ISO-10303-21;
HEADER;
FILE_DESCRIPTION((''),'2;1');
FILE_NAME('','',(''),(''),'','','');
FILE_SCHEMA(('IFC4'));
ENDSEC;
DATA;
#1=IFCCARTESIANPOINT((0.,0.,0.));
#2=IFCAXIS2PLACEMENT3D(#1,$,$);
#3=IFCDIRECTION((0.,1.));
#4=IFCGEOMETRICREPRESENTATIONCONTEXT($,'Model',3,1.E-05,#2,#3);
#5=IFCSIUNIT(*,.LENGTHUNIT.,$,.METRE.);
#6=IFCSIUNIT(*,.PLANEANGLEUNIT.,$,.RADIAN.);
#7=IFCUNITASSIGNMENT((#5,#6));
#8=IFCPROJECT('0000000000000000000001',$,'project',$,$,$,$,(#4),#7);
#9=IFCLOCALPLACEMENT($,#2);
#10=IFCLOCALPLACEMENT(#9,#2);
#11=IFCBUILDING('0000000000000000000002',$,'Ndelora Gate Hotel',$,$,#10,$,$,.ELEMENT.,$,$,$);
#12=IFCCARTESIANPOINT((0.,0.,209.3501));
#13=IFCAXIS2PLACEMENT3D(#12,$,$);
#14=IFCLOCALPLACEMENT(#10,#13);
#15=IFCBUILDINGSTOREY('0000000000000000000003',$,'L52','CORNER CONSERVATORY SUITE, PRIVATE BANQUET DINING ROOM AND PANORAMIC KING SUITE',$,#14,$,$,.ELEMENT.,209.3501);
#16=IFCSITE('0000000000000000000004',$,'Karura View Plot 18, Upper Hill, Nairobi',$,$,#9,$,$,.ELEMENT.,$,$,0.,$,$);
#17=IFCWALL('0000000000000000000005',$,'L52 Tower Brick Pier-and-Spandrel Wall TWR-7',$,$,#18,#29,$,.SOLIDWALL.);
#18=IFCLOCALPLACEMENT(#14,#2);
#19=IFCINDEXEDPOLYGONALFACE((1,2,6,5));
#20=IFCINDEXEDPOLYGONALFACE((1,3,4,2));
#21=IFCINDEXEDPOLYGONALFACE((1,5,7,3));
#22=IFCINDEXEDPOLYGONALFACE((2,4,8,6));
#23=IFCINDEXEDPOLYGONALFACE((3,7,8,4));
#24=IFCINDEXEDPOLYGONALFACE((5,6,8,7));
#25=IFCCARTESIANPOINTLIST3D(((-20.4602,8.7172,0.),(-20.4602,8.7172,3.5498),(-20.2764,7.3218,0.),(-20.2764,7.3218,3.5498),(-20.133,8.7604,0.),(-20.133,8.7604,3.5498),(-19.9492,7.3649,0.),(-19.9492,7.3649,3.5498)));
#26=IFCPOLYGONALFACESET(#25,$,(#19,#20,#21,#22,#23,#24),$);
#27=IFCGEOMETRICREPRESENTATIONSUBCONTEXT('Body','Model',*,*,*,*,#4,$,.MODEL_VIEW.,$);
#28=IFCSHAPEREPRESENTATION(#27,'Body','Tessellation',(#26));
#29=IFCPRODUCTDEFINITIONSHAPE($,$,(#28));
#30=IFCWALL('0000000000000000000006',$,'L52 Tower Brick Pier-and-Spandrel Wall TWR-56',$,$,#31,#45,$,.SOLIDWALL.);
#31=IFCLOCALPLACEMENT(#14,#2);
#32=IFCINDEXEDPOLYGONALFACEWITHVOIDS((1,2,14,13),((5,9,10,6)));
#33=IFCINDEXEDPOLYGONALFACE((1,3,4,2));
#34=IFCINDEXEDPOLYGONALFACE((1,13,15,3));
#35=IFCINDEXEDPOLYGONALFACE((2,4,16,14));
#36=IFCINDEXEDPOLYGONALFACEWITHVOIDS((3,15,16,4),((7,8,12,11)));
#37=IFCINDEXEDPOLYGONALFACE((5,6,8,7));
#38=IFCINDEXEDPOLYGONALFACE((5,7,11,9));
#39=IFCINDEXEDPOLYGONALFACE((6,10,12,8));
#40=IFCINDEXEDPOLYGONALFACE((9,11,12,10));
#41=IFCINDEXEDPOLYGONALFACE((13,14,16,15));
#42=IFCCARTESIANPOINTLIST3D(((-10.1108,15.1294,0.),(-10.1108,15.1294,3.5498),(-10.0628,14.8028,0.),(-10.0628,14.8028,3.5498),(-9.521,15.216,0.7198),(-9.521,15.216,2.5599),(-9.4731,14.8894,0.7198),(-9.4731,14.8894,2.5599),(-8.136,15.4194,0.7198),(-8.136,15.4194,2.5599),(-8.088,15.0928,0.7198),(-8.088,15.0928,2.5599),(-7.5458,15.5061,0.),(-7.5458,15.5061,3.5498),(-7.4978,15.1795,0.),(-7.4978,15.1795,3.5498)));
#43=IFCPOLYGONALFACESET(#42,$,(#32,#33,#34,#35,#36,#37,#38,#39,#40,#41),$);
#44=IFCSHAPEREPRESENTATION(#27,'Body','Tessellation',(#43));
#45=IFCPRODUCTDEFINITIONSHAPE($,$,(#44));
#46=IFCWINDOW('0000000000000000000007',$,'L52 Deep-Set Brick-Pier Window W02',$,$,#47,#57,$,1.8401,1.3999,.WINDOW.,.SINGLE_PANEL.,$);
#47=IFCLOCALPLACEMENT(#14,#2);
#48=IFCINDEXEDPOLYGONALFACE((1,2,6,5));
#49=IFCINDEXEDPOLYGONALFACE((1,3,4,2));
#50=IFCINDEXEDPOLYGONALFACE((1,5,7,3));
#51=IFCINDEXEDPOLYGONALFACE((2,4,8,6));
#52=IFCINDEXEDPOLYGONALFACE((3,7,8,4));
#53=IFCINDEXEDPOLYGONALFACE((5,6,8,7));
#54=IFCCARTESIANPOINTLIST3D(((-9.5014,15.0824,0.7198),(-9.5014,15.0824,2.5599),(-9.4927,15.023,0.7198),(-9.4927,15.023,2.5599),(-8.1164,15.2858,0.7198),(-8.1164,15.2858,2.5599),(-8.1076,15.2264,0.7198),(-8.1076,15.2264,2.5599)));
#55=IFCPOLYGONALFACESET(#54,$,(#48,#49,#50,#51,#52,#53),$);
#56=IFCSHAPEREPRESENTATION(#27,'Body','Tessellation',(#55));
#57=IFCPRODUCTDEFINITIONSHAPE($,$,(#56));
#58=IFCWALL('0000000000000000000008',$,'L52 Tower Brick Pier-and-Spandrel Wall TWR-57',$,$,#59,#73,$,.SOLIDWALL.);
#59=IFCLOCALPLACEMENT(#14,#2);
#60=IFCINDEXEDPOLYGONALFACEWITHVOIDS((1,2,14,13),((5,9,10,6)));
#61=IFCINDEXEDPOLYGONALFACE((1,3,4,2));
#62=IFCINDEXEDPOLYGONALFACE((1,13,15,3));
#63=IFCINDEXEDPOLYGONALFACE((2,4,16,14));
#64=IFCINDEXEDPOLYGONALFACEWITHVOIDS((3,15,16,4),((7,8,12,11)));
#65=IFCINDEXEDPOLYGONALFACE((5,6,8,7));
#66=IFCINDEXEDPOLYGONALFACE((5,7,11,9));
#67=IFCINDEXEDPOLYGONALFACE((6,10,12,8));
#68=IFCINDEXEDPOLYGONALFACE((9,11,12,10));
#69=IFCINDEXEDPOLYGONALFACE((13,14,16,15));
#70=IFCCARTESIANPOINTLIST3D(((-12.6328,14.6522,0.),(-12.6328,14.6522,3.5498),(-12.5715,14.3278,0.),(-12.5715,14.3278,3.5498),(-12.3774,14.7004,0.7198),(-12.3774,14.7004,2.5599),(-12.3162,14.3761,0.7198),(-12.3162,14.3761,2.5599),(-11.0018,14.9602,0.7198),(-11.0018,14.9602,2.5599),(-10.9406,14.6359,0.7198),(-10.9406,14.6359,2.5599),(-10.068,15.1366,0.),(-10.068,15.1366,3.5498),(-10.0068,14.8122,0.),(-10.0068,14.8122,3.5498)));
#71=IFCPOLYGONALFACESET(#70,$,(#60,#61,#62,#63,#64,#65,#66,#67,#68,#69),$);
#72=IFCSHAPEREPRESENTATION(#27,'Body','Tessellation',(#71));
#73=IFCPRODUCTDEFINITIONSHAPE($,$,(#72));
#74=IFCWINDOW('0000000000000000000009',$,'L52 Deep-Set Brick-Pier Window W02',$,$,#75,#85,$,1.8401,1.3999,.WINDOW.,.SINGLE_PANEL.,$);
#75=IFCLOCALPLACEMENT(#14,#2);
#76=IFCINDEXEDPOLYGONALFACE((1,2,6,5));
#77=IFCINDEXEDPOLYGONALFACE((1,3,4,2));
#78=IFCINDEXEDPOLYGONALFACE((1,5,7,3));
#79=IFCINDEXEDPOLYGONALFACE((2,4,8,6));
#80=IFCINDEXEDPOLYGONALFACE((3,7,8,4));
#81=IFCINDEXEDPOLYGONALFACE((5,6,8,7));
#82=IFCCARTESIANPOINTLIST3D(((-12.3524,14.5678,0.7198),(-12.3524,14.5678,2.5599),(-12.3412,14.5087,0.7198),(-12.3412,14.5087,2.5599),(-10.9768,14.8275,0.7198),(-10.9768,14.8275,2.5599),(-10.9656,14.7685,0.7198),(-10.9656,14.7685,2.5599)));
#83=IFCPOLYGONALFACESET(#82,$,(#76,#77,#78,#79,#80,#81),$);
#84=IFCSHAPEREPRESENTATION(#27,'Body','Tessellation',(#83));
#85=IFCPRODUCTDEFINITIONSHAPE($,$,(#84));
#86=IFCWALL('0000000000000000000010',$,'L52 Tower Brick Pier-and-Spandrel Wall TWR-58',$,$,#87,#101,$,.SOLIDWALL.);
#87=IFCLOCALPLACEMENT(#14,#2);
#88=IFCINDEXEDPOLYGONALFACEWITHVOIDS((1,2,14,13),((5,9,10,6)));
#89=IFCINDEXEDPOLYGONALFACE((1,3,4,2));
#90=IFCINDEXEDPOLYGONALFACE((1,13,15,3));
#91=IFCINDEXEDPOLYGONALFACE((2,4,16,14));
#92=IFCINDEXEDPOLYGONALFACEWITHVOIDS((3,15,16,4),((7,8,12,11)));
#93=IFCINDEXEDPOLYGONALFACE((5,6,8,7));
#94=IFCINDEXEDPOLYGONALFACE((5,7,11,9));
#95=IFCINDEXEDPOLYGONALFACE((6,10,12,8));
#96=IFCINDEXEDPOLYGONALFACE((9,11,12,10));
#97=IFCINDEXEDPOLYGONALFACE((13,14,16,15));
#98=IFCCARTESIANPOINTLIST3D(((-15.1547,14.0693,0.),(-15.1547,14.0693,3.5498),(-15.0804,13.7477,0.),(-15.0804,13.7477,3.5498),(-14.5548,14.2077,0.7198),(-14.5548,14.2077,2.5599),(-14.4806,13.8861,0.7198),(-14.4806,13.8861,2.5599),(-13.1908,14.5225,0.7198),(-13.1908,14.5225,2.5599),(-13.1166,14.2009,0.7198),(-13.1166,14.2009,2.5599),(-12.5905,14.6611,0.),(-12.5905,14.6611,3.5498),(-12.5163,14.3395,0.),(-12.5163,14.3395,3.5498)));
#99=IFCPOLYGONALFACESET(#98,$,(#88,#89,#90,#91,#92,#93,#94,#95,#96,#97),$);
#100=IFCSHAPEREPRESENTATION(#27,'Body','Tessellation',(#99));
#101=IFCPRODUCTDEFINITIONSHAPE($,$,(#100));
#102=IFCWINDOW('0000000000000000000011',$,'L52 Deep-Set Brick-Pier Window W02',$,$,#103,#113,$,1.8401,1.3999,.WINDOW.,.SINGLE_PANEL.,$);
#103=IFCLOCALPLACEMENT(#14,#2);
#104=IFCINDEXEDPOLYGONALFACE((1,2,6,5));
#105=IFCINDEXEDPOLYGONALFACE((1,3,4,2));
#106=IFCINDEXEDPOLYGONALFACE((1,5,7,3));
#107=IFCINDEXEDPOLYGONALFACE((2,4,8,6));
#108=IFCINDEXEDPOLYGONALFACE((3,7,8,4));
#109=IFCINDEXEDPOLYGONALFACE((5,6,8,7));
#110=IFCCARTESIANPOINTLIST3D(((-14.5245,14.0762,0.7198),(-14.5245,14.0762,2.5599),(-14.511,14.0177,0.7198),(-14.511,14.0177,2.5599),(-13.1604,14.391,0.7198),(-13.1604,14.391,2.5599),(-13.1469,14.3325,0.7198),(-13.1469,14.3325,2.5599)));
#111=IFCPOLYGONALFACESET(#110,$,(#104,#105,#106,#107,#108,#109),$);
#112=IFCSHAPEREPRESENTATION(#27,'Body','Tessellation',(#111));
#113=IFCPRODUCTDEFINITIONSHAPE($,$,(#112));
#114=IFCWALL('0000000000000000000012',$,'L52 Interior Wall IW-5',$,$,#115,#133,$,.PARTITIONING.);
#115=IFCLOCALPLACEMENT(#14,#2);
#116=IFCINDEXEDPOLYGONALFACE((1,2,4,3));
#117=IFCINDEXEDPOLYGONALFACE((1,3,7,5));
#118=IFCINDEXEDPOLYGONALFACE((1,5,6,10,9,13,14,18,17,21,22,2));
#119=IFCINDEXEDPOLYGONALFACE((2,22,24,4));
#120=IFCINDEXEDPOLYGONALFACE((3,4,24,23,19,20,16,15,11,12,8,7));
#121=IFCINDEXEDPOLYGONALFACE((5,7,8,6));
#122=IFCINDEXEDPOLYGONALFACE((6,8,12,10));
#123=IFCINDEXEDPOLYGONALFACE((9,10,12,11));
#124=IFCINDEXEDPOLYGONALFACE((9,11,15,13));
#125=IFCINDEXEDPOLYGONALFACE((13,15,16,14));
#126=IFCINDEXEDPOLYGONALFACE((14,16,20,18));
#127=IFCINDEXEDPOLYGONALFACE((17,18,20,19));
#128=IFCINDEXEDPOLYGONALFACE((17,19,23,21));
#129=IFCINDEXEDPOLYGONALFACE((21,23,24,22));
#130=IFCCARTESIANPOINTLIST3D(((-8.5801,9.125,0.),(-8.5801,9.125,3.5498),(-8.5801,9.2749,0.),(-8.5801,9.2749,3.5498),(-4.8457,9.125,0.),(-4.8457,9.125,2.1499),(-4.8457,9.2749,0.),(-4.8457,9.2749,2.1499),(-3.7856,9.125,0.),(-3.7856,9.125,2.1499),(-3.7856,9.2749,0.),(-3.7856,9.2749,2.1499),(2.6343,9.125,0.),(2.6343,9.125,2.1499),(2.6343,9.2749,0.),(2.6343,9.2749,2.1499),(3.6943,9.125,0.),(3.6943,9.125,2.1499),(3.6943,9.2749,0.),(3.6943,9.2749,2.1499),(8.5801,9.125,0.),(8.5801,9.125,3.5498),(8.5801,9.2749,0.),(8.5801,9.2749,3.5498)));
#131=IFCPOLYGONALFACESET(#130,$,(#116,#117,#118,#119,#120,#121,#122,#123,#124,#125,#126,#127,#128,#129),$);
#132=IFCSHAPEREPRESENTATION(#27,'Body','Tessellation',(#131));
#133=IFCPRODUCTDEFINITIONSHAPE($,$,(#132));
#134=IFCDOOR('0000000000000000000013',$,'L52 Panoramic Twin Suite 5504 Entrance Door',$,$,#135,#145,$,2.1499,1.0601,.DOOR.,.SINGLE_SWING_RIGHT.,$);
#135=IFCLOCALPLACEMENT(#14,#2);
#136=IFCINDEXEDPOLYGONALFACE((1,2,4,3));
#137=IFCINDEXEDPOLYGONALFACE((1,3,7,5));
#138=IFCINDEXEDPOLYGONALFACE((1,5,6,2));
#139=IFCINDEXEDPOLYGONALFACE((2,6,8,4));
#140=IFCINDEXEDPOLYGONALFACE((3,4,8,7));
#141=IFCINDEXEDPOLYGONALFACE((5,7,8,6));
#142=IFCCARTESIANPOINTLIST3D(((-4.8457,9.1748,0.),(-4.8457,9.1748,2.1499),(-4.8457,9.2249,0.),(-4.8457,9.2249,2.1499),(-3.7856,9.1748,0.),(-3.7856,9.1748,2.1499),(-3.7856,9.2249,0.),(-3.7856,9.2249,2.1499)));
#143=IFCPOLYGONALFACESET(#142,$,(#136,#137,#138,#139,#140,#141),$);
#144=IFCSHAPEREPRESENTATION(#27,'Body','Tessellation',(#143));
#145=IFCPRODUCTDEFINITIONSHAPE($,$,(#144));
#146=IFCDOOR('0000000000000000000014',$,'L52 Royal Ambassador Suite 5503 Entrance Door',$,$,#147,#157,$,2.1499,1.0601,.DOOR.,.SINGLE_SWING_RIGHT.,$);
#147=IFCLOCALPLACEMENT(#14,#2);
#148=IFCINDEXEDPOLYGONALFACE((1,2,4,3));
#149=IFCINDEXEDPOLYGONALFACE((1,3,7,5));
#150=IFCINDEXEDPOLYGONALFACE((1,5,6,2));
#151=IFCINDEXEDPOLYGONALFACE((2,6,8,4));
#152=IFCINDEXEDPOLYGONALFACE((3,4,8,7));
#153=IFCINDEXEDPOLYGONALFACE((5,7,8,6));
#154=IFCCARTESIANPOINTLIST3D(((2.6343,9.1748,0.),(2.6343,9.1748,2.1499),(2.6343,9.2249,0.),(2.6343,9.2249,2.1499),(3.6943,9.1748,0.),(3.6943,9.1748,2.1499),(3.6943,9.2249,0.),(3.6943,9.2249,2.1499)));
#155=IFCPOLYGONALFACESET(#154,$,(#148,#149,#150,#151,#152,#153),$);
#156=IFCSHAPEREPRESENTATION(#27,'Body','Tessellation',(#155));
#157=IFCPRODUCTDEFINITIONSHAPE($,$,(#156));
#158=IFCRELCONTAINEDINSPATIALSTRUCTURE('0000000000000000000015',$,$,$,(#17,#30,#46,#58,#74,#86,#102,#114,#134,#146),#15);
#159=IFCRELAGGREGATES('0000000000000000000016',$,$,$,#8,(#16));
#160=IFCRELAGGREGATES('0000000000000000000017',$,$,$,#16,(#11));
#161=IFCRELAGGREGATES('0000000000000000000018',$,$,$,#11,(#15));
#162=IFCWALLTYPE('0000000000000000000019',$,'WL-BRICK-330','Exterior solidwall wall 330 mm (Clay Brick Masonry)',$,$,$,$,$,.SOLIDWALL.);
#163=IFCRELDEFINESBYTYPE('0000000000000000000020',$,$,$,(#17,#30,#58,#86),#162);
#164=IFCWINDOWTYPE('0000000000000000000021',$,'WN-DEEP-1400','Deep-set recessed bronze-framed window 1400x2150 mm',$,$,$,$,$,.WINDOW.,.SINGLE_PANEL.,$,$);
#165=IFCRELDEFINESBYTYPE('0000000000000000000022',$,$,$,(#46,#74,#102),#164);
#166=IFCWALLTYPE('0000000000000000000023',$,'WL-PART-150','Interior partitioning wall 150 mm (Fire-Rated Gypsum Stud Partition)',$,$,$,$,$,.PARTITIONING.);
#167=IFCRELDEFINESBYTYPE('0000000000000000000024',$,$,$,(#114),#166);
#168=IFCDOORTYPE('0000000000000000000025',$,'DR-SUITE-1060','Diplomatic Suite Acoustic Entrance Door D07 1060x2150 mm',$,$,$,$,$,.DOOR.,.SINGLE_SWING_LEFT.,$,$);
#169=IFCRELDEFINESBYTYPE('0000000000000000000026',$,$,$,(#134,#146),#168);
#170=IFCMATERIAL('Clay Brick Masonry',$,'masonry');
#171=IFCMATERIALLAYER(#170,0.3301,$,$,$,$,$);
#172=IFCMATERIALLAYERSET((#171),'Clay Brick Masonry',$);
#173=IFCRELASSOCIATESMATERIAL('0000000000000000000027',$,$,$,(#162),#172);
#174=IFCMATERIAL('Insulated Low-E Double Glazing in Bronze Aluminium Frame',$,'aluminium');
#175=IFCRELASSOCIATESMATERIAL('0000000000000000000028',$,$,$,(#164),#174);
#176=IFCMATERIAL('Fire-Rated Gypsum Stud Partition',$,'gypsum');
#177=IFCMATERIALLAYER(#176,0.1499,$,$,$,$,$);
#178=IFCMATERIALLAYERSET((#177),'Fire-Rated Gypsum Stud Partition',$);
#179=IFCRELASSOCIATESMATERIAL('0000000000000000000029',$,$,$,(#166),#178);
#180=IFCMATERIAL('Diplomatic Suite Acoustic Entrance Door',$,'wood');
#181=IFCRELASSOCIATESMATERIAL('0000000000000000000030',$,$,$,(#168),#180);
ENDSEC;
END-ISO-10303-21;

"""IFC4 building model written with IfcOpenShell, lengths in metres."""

from ifc_helpers import new_model, si_unit, direction, frame, frame_2d, origin, place, context, subcontext, project, spatial, rectangle, extrude, material, layer, layer_set, type_object, element, fill, save


model = new_model("IFC4")

# Units and contexts
model_context = context("Model", 3, precision=1e-05, world=origin(), true_north=direction((0.0, 1.0)))
body_context = subcontext(model_context, "Body", "Model", "MODEL_VIEW")
ifc_project = project(units=[si_unit("LENGTHUNIT", "METRE"), si_unit("PLANEANGLEUNIT", "RADIAN")], contexts=[model_context])

# Site, building, storey
site_placement = place(None, origin())
site = spatial("IfcSite", under=ifc_project, at=site_placement, Name="Karura View Plot 18, Upper Hill, Nairobi", CompositionType="ELEMENT", RefElevation=0.0)
building_placement = place(site_placement, origin())
building = spatial("IfcBuilding", under=site, at=building_placement, Name="Ndelora Gate Hotel", CompositionType="ELEMENT")
storey_placement = place(building_placement, frame((0.0, 0.0, 209.3501)))
storey = spatial("IfcBuildingStorey", under=building, at=storey_placement, Name="L52", Description="CORNER CONSERVATORY SUITE, PRIVATE BANQUET DINING ROOM AND PANORAMIC KING SUITE", CompositionType="ELEMENT", Elevation=209.3501)

# Wall
ifc_material_1 = material(Name="Clay Brick Masonry", Category="masonry")
ifc_layer_1 = layer(ifc_material_1, 0.3301)
ifc_layer_set_1 = layer_set([ifc_layer_1], Name="Clay Brick Masonry")
wall_type_1 = type_object("IfcWallType", Name="WL-BRICK-330", Description="Exterior solidwall wall 330 mm (Clay Brick Masonry)", PredefinedType="SOLIDWALL", material=ifc_layer_set_1)
for number, where, z_axis, x_axis, name in (
    (1, (-20.1128, 7.3435, 0.0), (0.0, 0.0, 1.0), (-0.130607, 0.991434, 0.0), "L52 Tower Brick Pier-and-Spandrel Wall TWR-7"),
):
    element("IfcWall", number, at=place(storey_placement, frame(where, z_axis=z_axis, x_axis=x_axis)), inside=storey, type_object=wall_type_1, Name=name, PredefinedType="SOLIDWALL", context=body_context, shape_type="SweptSolid", body=[
        extrude(rectangle(XDim=1.4075, YDim=0.3301, at=frame_2d((0.7036, 0.0))), origin(), (0.0, 0.0, 1.0), 3.5498),
    ])

# Walls, openings, windows
wall_1_placement = place(storey_placement, frame((-10.0869, 14.9661, 0.0), z_axis=(0.0, 0.0, 1.0), x_axis=(0.989386, 0.14531, 0.0)))
wall_1 = element("IfcWall", 2, at=wall_1_placement, inside=storey, type_object=wall_type_1, Name="L52 Tower Brick Pier-and-Spandrel Wall TWR-56", PredefinedType="SOLIDWALL", context=body_context, shape_type="SweptSolid", body=[
    extrude(rectangle(XDim=2.5925, YDim=0.3301, at=frame_2d((1.2964, 0.0))), origin(), (0.0, 0.0, 1.0), 3.5498),
])
opening_1_placement = place(wall_1_placement, frame((0.5962, 0.0, 0.72)))
opening_1 = element("IfcOpeningElement", 3, at=opening_1_placement, cuts=wall_1, PredefinedType="OPENING", context=body_context, shape_type="SweptSolid", body=[
    extrude(rectangle(XDim=1.3999, YDim=1.8401, at=frame_2d((0.7, 0.9199))), frame((0.0, 0.175, 0.0), z_axis=(0.0, -1.0, 0.0), x_axis=(1.0, 0.0, 0.0)), (0.0, 0.0, 1.0), 0.3501),
])
ifc_material_2 = material(Name="Insulated Low-E Double Glazing in Bronze Aluminium Frame", Category="aluminium")
window_type = type_object("IfcWindowType", Name="WN-DEEP-1400", Description="Deep-set recessed bronze-framed window 1400x2150 mm", PartitioningType="SINGLE_PANEL", PredefinedType="WINDOW", material=ifc_material_2)
window_1_placement = place(opening_1_placement, origin())
window_1 = element("IfcWindow", 4, at=window_1_placement, inside=storey, type_object=window_type, Name="L52 Deep-Set Brick-Pier Window W02", OverallHeight=1.8401, OverallWidth=1.3999, PartitioningType="SINGLE_PANEL", PredefinedType="WINDOW", context=body_context, shape_type="SweptSolid", body=[
    extrude(rectangle(XDim=1.3999, YDim=1.8401, at=frame_2d((0.7, 0.9199))), frame((0.0, 0.03, 0.0), z_axis=(0.0, -1.0, 0.0), x_axis=(1.0, 0.0, 0.0)), (0.0, 0.0, 1.0), 0.0601),
])
fill(opening_1, window_1)
wall_2_placement = place(storey_placement, frame((-12.6023, 14.49, 0.0), z_axis=(0.0, 0.0, 1.0), x_axis=(0.982629, 0.185582, 0.0)))
wall_2 = element("IfcWall", 5, at=wall_2_placement, inside=storey, type_object=wall_type_1, Name="L52 Tower Brick Pier-and-Spandrel Wall TWR-57", PredefinedType="SOLIDWALL", context=body_context, shape_type="SweptSolid", body=[
    extrude(rectangle(XDim=2.6101, YDim=0.3301, at=frame_2d((1.3052, 0.0))), origin(), (0.0, 0.0, 1.0), 3.5498),
])
opening_2_placement = place(wall_2_placement, frame((0.26, 0.0, 0.72)))
opening_2 = element("IfcOpeningElement", 6, at=opening_2_placement, cuts=wall_2, PredefinedType="OPENING", context=body_context, shape_type="SweptSolid", body=[
    extrude(rectangle(XDim=1.3999, YDim=1.8401, at=frame_2d((0.7, 0.9199))), frame((0.0, 0.175, 0.0), z_axis=(0.0, -1.0, 0.0), x_axis=(1.0, 0.0, 0.0)), (0.0, 0.0, 1.0), 0.3501),
])
window_2_placement = place(opening_2_placement, origin())
window_2 = element("IfcWindow", 7, at=window_2_placement, inside=storey, type_object=window_type, Name="L52 Deep-Set Brick-Pier Window W02", OverallHeight=1.8401, OverallWidth=1.3999, PartitioningType="SINGLE_PANEL", PredefinedType="WINDOW", context=body_context, shape_type="SweptSolid", body=[
    extrude(rectangle(XDim=1.3999, YDim=1.8401, at=frame_2d((0.7, 0.9199))), frame((0.0, 0.03, 0.0), z_axis=(0.0, -1.0, 0.0), x_axis=(1.0, 0.0, 0.0)), (0.0, 0.0, 1.0), 0.0601),
])
fill(opening_2, window_2)
wall_3_placement = place(storey_placement, frame((-15.1177, 13.9084, 0.0), z_axis=(0.0, 0.0, 1.0), x_axis=(0.974387, 0.22488, 0.0)))
wall_3 = element("IfcWall", 8, at=wall_3_placement, inside=storey, type_object=wall_type_1, Name="L52 Tower Brick Pier-and-Spandrel Wall TWR-58", PredefinedType="SOLIDWALL", context=body_context, shape_type="SweptSolid", body=[
    extrude(rectangle(XDim=2.6316, YDim=0.3301, at=frame_2d((1.3159, 0.0))), origin(), (0.0, 0.0, 1.0), 3.5498),
])
opening_3_placement = place(wall_3_placement, frame((0.6157, 0.0, 0.72)))
opening_3 = element("IfcOpeningElement", 9, at=opening_3_placement, cuts=wall_3, PredefinedType="OPENING", context=body_context, shape_type="SweptSolid", body=[
    extrude(rectangle(XDim=1.3999, YDim=1.8401, at=frame_2d((0.7, 0.9199))), frame((0.0, 0.175, 0.0), z_axis=(0.0, -1.0, 0.0), x_axis=(1.0, 0.0, 0.0)), (0.0, 0.0, 1.0), 0.3501),
])
window_3_placement = place(opening_3_placement, origin())
window_3 = element("IfcWindow", 10, at=window_3_placement, inside=storey, type_object=window_type, Name="L52 Deep-Set Brick-Pier Window W02", OverallHeight=1.8401, OverallWidth=1.3999, PartitioningType="SINGLE_PANEL", PredefinedType="WINDOW", context=body_context, shape_type="SweptSolid", body=[
    extrude(rectangle(XDim=1.3999, YDim=1.8401, at=frame_2d((0.7, 0.9199))), frame((0.0, 0.03, 0.0), z_axis=(0.0, -1.0, 0.0), x_axis=(1.0, 0.0, 0.0)), (0.0, 0.0, 1.0), 0.0601),
])
fill(opening_3, window_3)

# Wall, openings, doors
ifc_material_3 = material(Name="Fire-Rated Gypsum Stud Partition", Category="gypsum")
ifc_layer_2 = layer(ifc_material_3, 0.1499)
ifc_layer_set_2 = layer_set([ifc_layer_2], Name="Fire-Rated Gypsum Stud Partition")
wall_type_2 = type_object("IfcWallType", Name="WL-PART-150", Description="Interior partitioning wall 150 mm (Fire-Rated Gypsum Stud Partition)", PredefinedType="PARTITIONING", material=ifc_layer_set_2)
wall_4_placement = place(storey_placement, frame((-8.5801, 9.2, 0.0), z_axis=(0.0, 0.0, 1.0), x_axis=(1.0, 0.0, 0.0)))
wall_4 = element("IfcWall", 11, at=wall_4_placement, inside=storey, type_object=wall_type_2, Name="L52 Interior Wall IW-5", PredefinedType="PARTITIONING", context=body_context, shape_type="SweptSolid", body=[
    extrude(rectangle(XDim=17.1602, YDim=0.1499, at=frame_2d((8.5801, 0.0))), origin(), (0.0, 0.0, 1.0), 3.5498),
])
opening_4_placement = place(wall_4_placement, frame((3.7344, 0.0, 0.0)))
opening_4 = element("IfcOpeningElement", 12, at=opening_4_placement, cuts=wall_4, PredefinedType="OPENING", context=body_context, shape_type="SweptSolid", body=[
    extrude(rectangle(XDim=1.0601, YDim=2.1499, at=frame_2d((0.53, 1.075))), frame((0.0, 0.085, 0.0), z_axis=(0.0, -1.0, 0.0), x_axis=(1.0, 0.0, 0.0)), (0.0, 0.0, 1.0), 0.1699),
])
opening_5_placement = place(wall_4_placement, frame((11.2144, 0.0, 0.0)))
opening_5 = element("IfcOpeningElement", 13, at=opening_5_placement, cuts=wall_4, PredefinedType="OPENING", context=body_context, shape_type="SweptSolid", body=[
    extrude(rectangle(XDim=1.0601, YDim=2.1499, at=frame_2d((0.53, 1.075))), frame((0.0, 0.085, 0.0), z_axis=(0.0, -1.0, 0.0), x_axis=(1.0, 0.0, 0.0)), (0.0, 0.0, 1.0), 0.1699),
])
ifc_material_4 = material(Name="Diplomatic Suite Acoustic Entrance Door", Category="wood")
door_type = type_object("IfcDoorType", Name="DR-SUITE-1060", Description="Diplomatic Suite Acoustic Entrance Door D07 1060x2150 mm", OperationType="SINGLE_SWING_LEFT", PredefinedType="DOOR", material=ifc_material_4)
door_1_placement = place(opening_4_placement, origin())
door_1 = element("IfcDoor", 14, at=door_1_placement, inside=storey, type_object=door_type, Name="L52 Panoramic Twin Suite 5504 Entrance Door", OperationType="SINGLE_SWING_RIGHT", OverallHeight=2.1499, OverallWidth=1.0601, PredefinedType="DOOR", context=body_context, shape_type="SweptSolid", body=[
    extrude(rectangle(XDim=1.0601, YDim=2.1499, at=frame_2d((0.53, 1.075))), frame((0.0, 0.0249, 0.0), z_axis=(0.0, -1.0, 0.0), x_axis=(1.0, 0.0, 0.0)), (0.0, 0.0, 1.0), 0.05),
])
fill(opening_4, door_1)
door_2_placement = place(opening_5_placement, origin())
door_2 = element("IfcDoor", 15, at=door_2_placement, inside=storey, type_object=door_type, Name="L52 Royal Ambassador Suite 5503 Entrance Door", OperationType="SINGLE_SWING_RIGHT", OverallHeight=2.1499, OverallWidth=1.0601, PredefinedType="DOOR", context=body_context, shape_type="SweptSolid", body=[
    extrude(rectangle(XDim=1.0601, YDim=2.1499, at=frame_2d((0.53, 1.075))), frame((0.0, 0.0249, 0.0), z_axis=(0.0, -1.0, 0.0), x_axis=(1.0, 0.0, 0.0)), (0.0, 0.0, 1.0), 0.05),
])
fill(opening_5, door_2)

save(model, "model.ifc")
